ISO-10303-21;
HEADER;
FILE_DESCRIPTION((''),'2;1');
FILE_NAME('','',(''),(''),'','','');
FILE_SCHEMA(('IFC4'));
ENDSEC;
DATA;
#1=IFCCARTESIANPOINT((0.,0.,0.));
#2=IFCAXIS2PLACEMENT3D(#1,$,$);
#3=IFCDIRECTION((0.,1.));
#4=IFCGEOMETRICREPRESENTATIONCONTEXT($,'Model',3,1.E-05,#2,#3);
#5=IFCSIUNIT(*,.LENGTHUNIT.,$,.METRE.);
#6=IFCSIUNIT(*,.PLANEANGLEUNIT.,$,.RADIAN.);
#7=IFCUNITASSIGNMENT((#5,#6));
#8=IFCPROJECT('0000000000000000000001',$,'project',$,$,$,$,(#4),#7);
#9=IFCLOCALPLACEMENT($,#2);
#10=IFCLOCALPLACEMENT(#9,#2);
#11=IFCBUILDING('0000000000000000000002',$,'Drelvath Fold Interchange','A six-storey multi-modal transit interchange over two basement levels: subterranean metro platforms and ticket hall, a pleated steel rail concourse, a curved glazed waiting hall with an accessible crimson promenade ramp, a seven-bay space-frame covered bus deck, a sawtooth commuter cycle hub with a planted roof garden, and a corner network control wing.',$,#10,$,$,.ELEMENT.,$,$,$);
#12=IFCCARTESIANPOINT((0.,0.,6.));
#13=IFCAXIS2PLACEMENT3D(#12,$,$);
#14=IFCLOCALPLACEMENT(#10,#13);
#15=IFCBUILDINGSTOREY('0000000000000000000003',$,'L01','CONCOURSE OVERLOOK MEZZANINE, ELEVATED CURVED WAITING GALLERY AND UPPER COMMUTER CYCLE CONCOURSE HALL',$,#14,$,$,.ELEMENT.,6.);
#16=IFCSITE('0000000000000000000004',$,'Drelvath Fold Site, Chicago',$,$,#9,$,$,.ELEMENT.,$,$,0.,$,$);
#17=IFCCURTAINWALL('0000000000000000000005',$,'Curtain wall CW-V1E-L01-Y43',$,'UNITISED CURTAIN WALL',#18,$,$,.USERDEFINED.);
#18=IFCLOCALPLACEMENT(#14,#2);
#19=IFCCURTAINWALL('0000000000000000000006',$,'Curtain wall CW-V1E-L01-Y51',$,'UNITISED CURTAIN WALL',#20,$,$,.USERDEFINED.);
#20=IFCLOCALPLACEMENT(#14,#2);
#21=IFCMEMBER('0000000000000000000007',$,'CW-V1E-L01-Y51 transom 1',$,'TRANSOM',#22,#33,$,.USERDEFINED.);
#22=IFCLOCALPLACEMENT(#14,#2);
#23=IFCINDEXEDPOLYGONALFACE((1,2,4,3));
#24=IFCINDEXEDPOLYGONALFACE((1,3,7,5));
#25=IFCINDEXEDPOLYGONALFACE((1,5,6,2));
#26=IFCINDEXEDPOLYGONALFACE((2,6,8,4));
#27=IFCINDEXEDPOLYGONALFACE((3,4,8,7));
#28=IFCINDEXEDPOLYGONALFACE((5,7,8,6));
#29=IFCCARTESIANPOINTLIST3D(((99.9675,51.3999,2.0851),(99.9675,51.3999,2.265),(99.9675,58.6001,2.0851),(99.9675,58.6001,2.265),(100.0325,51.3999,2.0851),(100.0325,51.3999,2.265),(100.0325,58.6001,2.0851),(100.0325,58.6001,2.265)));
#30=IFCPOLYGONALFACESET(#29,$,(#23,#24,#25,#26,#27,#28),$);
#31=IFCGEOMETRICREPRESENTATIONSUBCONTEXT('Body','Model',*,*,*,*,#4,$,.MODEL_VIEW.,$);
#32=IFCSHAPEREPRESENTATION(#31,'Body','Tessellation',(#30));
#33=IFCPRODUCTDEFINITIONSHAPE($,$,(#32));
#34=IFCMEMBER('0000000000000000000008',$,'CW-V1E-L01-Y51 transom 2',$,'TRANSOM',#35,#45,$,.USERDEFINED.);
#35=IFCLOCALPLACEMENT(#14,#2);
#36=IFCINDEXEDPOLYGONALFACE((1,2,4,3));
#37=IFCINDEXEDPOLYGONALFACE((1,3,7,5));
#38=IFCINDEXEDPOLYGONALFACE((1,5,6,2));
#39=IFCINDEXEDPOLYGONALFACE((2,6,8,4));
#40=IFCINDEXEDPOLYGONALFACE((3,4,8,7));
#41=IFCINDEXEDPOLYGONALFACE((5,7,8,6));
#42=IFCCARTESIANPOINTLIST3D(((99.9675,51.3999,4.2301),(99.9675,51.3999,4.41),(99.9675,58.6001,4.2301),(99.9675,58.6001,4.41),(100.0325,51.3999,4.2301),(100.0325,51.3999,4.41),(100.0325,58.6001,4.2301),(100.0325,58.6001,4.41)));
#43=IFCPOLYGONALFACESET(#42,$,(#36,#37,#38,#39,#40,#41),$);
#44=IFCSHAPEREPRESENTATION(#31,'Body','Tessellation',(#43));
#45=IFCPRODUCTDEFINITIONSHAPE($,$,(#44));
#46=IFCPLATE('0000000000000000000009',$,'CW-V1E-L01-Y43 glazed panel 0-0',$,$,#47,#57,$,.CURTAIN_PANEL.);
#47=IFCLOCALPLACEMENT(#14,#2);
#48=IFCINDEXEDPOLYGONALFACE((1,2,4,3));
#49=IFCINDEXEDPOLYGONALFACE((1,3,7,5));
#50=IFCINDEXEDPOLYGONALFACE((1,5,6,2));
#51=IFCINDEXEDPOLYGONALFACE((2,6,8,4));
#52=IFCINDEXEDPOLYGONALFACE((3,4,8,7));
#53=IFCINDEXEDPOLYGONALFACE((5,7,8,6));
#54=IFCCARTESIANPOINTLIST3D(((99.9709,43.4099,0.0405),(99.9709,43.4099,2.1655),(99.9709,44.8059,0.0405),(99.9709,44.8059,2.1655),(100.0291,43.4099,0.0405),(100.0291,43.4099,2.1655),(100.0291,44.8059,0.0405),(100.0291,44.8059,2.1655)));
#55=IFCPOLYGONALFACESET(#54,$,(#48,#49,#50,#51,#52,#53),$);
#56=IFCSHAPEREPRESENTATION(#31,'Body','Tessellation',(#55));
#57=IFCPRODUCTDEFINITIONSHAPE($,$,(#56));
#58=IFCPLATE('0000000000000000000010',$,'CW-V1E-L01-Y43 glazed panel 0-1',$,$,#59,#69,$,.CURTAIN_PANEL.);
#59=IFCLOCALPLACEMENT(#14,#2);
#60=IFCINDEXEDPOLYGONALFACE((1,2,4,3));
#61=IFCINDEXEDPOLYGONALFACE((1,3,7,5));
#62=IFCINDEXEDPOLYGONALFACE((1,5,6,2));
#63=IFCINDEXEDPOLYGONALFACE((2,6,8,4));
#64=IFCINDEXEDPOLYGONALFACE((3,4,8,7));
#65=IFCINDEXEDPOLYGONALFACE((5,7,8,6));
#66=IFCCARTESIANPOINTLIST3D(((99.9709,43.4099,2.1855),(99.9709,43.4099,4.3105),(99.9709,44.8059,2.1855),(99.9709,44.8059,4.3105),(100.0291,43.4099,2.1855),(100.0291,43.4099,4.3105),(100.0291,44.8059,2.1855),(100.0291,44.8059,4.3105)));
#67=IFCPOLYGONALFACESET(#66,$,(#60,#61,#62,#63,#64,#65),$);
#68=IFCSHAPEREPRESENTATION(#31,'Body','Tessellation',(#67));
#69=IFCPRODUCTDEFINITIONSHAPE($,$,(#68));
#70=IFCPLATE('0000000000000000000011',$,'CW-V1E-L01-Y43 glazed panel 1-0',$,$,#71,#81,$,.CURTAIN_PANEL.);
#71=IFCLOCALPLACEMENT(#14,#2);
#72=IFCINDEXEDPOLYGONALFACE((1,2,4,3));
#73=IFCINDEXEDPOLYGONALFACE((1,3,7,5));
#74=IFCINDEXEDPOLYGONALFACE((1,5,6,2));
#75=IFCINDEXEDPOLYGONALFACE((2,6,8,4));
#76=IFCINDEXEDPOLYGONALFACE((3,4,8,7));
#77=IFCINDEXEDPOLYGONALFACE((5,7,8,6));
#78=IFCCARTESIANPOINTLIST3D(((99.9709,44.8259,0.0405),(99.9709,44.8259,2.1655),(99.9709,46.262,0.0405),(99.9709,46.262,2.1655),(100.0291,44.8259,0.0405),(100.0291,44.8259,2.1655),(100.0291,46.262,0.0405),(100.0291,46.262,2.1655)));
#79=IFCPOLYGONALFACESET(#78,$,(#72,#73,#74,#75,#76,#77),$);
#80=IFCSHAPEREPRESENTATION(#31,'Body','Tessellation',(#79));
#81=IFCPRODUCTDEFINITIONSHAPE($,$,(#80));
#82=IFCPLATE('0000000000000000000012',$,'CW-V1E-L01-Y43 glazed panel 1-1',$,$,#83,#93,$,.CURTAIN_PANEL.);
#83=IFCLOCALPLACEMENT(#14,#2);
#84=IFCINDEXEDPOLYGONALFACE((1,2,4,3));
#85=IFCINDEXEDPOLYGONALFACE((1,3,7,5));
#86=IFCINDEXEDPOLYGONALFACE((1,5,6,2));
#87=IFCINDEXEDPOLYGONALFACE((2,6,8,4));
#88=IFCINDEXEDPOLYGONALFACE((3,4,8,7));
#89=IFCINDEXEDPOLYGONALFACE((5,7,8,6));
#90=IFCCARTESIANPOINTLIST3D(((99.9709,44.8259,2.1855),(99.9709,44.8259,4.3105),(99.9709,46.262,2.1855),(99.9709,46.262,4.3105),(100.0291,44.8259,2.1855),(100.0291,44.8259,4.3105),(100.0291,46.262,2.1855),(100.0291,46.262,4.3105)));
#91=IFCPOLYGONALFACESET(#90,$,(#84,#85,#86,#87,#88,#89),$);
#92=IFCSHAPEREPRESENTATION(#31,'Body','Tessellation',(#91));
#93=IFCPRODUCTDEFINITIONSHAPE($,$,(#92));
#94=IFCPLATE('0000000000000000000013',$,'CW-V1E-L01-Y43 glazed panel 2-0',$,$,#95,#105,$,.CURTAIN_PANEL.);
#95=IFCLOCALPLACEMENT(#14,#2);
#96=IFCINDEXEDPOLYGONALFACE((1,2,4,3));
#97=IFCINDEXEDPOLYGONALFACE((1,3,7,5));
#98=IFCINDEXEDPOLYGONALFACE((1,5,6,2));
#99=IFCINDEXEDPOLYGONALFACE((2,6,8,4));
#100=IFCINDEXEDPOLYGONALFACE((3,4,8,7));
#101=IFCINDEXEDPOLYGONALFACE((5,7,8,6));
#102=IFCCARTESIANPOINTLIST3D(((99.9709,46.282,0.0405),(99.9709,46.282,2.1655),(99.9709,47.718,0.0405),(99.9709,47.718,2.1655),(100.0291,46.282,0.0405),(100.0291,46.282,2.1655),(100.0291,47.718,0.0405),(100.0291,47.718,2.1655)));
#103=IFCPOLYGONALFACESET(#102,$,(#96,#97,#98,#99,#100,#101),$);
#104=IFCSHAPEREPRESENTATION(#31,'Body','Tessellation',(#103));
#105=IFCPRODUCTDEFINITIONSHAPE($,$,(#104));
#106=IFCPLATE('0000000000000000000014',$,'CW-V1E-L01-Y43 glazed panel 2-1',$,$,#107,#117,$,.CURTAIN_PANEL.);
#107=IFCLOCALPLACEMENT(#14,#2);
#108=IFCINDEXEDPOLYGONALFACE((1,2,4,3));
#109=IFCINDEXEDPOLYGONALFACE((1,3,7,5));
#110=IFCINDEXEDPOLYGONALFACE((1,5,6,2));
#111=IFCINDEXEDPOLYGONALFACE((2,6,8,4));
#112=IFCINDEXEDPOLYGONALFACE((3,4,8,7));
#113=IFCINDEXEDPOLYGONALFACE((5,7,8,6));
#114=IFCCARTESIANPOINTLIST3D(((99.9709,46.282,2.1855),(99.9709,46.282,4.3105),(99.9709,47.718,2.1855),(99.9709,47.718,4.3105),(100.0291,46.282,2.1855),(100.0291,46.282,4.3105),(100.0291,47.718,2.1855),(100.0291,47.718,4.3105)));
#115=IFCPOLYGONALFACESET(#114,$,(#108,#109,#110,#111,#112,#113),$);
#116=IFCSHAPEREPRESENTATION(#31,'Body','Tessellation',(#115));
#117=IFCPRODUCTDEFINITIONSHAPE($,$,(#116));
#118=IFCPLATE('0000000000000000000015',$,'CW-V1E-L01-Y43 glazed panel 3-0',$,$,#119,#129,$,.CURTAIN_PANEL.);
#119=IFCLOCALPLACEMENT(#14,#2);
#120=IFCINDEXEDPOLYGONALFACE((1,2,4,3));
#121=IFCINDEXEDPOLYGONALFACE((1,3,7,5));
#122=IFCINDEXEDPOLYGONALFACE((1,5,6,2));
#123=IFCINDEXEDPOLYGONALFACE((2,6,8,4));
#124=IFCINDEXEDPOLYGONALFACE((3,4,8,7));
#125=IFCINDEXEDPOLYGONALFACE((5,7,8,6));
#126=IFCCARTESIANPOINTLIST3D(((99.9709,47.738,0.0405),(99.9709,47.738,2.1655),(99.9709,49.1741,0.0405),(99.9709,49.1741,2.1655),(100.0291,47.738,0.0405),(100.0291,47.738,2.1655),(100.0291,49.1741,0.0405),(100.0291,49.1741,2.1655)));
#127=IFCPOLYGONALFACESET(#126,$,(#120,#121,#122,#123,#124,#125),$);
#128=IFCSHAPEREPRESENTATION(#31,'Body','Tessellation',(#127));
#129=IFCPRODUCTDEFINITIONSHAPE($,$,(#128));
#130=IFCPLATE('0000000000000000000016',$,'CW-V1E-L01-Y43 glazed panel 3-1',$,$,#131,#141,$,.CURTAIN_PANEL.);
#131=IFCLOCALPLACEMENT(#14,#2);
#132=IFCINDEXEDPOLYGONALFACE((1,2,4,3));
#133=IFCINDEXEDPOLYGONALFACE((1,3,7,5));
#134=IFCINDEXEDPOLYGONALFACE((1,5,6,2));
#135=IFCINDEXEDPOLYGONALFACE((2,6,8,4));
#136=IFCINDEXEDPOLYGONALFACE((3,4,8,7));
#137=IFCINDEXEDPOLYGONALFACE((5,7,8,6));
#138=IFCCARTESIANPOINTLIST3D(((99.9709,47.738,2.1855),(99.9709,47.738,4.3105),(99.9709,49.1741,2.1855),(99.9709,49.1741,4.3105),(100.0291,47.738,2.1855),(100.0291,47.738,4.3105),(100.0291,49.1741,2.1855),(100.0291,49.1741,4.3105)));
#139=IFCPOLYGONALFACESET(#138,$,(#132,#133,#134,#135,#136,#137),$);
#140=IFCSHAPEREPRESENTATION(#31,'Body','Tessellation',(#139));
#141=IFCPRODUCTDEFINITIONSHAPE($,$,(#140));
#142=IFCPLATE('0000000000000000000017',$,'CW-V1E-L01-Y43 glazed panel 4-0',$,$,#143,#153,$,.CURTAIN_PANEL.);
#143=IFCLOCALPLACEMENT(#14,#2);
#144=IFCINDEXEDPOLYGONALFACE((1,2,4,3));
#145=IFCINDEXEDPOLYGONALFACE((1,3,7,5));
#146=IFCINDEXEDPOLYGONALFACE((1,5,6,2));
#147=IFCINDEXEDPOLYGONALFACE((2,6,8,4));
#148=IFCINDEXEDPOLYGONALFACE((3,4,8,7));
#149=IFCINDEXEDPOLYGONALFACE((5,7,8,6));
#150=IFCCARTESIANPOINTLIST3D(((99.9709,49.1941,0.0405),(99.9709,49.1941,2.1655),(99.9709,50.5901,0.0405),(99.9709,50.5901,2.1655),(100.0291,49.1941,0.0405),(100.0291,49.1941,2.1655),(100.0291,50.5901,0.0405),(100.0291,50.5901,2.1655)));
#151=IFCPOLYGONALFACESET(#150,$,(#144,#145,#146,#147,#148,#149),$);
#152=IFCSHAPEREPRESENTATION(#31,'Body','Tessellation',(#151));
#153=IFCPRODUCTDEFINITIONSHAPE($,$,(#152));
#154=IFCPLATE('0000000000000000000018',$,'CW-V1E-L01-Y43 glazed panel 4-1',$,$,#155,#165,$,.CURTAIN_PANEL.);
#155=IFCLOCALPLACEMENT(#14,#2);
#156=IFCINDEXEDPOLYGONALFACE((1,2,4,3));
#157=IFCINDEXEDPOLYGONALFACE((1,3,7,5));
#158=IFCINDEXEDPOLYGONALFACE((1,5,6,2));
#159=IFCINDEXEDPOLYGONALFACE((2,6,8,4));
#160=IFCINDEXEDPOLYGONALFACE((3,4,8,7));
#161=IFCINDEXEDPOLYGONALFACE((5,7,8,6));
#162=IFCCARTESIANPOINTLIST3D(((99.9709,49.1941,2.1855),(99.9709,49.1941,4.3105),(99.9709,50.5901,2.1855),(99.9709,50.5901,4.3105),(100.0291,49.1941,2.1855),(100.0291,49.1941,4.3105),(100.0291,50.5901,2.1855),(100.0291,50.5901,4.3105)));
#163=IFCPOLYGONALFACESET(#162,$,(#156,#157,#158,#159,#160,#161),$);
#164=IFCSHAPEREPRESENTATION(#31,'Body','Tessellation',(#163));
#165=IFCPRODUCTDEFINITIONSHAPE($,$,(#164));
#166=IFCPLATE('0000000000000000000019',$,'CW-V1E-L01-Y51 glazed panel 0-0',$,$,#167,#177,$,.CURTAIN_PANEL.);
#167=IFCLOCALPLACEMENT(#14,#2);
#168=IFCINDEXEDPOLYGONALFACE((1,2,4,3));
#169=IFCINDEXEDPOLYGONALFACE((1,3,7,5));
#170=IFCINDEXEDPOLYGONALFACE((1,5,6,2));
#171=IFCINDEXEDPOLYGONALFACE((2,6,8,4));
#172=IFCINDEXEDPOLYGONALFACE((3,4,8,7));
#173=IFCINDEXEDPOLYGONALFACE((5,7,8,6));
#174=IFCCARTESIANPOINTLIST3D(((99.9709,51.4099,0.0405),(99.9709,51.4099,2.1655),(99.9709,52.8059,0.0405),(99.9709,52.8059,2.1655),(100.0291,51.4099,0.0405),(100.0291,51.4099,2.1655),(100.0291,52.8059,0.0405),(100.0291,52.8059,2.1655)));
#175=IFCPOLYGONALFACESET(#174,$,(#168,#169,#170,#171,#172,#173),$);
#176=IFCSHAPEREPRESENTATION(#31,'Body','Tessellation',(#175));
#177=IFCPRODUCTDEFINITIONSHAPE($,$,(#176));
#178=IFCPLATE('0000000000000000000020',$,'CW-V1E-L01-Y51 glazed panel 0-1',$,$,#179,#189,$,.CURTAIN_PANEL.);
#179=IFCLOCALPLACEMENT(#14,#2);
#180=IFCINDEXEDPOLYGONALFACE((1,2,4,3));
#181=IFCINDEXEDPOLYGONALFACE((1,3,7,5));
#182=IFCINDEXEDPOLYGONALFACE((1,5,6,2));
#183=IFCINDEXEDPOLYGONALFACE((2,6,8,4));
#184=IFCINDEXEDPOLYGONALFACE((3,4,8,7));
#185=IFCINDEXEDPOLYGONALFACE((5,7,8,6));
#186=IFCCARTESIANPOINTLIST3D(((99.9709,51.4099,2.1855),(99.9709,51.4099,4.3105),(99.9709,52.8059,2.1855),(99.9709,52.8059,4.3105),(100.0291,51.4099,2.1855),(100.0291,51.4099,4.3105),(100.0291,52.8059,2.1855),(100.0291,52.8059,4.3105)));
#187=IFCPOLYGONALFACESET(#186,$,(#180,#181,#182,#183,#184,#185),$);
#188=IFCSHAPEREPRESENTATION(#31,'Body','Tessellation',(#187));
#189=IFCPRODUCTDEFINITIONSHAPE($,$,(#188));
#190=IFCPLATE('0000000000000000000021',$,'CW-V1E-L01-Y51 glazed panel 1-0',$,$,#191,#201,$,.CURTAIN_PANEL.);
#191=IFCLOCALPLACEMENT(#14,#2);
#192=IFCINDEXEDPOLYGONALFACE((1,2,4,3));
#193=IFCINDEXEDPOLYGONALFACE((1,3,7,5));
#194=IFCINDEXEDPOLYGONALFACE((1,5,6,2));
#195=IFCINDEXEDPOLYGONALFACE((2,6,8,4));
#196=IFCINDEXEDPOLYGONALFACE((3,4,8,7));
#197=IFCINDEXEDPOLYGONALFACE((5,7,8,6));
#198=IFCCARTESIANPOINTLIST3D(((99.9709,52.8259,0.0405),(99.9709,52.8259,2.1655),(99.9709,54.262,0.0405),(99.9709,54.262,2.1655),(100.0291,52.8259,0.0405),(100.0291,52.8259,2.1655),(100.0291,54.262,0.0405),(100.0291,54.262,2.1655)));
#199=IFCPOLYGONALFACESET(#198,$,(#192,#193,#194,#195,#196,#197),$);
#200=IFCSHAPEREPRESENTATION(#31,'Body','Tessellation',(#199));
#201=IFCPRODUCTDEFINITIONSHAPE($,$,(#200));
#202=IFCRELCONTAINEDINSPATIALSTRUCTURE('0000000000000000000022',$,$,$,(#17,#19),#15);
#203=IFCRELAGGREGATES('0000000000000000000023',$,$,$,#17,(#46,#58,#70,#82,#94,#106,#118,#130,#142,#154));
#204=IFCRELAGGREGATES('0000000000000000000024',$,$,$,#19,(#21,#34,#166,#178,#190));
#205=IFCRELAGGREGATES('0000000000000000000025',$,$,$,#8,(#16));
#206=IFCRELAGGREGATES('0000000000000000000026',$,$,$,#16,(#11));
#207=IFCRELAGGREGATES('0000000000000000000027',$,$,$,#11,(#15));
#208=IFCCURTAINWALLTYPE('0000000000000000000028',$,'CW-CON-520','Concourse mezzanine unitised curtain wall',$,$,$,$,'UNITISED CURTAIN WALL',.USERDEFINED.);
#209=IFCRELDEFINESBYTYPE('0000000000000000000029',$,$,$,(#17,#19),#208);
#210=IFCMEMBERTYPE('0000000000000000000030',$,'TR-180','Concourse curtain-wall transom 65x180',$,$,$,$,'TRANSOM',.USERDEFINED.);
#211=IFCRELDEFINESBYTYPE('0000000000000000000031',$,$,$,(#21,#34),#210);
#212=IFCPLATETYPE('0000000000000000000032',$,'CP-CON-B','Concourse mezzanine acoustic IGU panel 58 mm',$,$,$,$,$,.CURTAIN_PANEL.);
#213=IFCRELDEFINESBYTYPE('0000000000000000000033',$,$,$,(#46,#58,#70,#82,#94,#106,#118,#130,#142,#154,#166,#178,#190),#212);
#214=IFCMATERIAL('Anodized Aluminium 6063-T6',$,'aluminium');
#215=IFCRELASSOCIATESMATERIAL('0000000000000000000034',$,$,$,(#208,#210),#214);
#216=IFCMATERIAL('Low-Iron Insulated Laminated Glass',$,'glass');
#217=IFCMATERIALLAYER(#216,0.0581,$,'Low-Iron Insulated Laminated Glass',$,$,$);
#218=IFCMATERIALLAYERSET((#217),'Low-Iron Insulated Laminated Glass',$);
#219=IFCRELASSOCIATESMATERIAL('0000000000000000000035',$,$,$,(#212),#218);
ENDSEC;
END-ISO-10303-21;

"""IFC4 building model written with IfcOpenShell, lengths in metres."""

from ifc_helpers import new_model, si_unit, direction, frame, origin, origin_2d, place, context, subcontext, project, spatial, rectangle, extrude, material, layer, layer_set, material_profile, profile_set, type_object, element, aggregate, save


model = new_model("IFC4")

# Units and contexts
model_context = context("Model", 3, precision=1e-05, world=origin(), true_north=direction((0.0, 1.0)))
body_context = subcontext(model_context, "Body", "Model", "MODEL_VIEW")
ifc_project = project(units=[si_unit("LENGTHUNIT", "METRE"), si_unit("PLANEANGLEUNIT", "RADIAN")], contexts=[model_context])

# Site, building, storey
site_placement = place(None, origin())
site = spatial("IfcSite", under=ifc_project, at=site_placement, Name="Drelvath Fold Site, Chicago", CompositionType="ELEMENT", RefElevation=0.0)
building_placement = place(site_placement, origin())
building = spatial("IfcBuilding", under=site, at=building_placement, Name="Drelvath Fold Interchange", Description="A six-storey multi-modal transit interchange over two basement levels: subterranean metro platforms and ticket hall, a pleated steel rail concourse, a curved glazed waiting hall with an accessible crimson promenade ramp, a seven-bay space-frame covered bus deck, a sawtooth commuter cycle hub with a planted roof garden, and a corner network control wing.", CompositionType="ELEMENT")
storey_placement = place(building_placement, frame((0.0, 0.0, 6.0)))
storey = spatial("IfcBuildingStorey", under=building, at=storey_placement, Name="L01", Description="CONCOURSE OVERLOOK MEZZANINE, ELEVATED CURVED WAITING GALLERY AND UPPER COMMUTER CYCLE CONCOURSE HALL", CompositionType="ELEMENT", Elevation=6.0)

# Curtain walls
ifc_material_1 = material(Name="Anodized Aluminium 6063-T6", Category="aluminium")
curtain_wall_type = type_object("IfcCurtainWallType", Name="CW-CON-520", Description="Concourse mezzanine unitised curtain wall", ElementType="UNITISED CURTAIN WALL", PredefinedType="USERDEFINED", material=ifc_material_1)
curtain_wall_1_placement = place(storey_placement, origin())
curtain_wall_1 = element("IfcCurtainWall", 1, at=curtain_wall_1_placement, inside=storey, type_object=curtain_wall_type, Name="Curtain wall CW-V1E-L01-Y43", ObjectType="UNITISED CURTAIN WALL", PredefinedType="USERDEFINED")
curtain_wall_2_placement = place(storey_placement, origin())
curtain_wall_2 = element("IfcCurtainWall", 2, at=curtain_wall_2_placement, inside=storey, type_object=curtain_wall_type, Name="Curtain wall CW-V1E-L01-Y51", ObjectType="UNITISED CURTAIN WALL", PredefinedType="USERDEFINED")

# Members
ifc_material_profile_1 = material_profile(ifc_material_1, rectangle(XDim=0.0649, YDim=0.1799, at=origin_2d()), Name="AL-T 65x180")
ifc_profile_set_1 = profile_set([ifc_material_profile_1], Name="Anodized Aluminium 6063-T6")
member_type_1 = type_object("IfcMemberType", Name="TR-180", Description="Concourse curtain-wall transom 65x180", ElementType="TRANSOM", PredefinedType="USERDEFINED", material=ifc_profile_set_1)
member_1_placement = place(storey_placement, frame((100.0, 51.3999, 2.175), z_axis=(0.0, 1.0, 0.0), x_axis=(-1.0, 0.0, 0.0)))
member_1 = element("IfcMember", 3, at=member_1_placement, type_object=member_type_1, Name="CW-V1E-L01-Y51 transom 1", ObjectType="TRANSOM", PredefinedType="USERDEFINED", context=body_context, shape_type="SweptSolid", body=[
    extrude(rectangle(XDim=0.0649, YDim=0.1799, at=origin_2d()), origin(), (0.0, 0.0, 1.0), 7.2002),
])
member_2_placement = place(storey_placement, frame((100.0, 51.3999, 4.3201), z_axis=(0.0, 1.0, 0.0), x_axis=(-1.0, 0.0, 0.0)))
member_2 = element("IfcMember", 4, at=member_2_placement, type_object=member_type_1, Name="CW-V1E-L01-Y51 transom 2", ObjectType="TRANSOM", PredefinedType="USERDEFINED", context=body_context, shape_type="SweptSolid", body=[
    extrude(rectangle(XDim=0.0649, YDim=0.1799, at=origin_2d()), origin(), (0.0, 0.0, 1.0), 7.2002),
])

# Plates
ifc_material_2 = material(Name="Low-Iron Insulated Laminated Glass", Category="glass")
ifc_layer = layer(ifc_material_2, 0.0581, Name="Low-Iron Insulated Laminated Glass")
ifc_layer_set = layer_set([ifc_layer], Name="Low-Iron Insulated Laminated Glass")
plate_type = type_object("IfcPlateType", Name="CP-CON-B", Description="Concourse mezzanine acoustic IGU panel 58 mm", PredefinedType="CURTAIN_PANEL", material=ifc_layer_set)
plate_1_placement = place(storey_placement, frame((100.0, 44.1079, 0.0405), z_axis=(0.0, 0.0, 1.0), x_axis=(0.0, 1.0, 0.0)))
plate_1 = element("IfcPlate", 5, at=plate_1_placement, type_object=plate_type, Name="CW-V1E-L01-Y43 glazed panel 0-0", PredefinedType="CURTAIN_PANEL", context=body_context, shape_type="SweptSolid", body=[
    extrude(rectangle(XDim=1.396, YDim=0.0581, at=origin_2d()), origin(), (0.0, 0.0, 1.0), 2.125),
])
plate_2_placement = place(storey_placement, frame((100.0, 44.1079, 2.1855), z_axis=(0.0, 0.0, 1.0), x_axis=(0.0, 1.0, 0.0)))
plate_2 = element("IfcPlate", 6, at=plate_2_placement, type_object=plate_type, Name="CW-V1E-L01-Y43 glazed panel 0-1", PredefinedType="CURTAIN_PANEL", context=body_context, shape_type="SweptSolid", body=[
    extrude(rectangle(XDim=1.396, YDim=0.0581, at=origin_2d()), origin(), (0.0, 0.0, 1.0), 2.125),
])
plate_3_placement = place(storey_placement, frame((100.0, 45.5439, 0.0405), z_axis=(0.0, 0.0, 1.0), x_axis=(0.0, 1.0, 0.0)))
plate_3 = element("IfcPlate", 7, at=plate_3_placement, type_object=plate_type, Name="CW-V1E-L01-Y43 glazed panel 1-0", PredefinedType="CURTAIN_PANEL", context=body_context, shape_type="SweptSolid", body=[
    extrude(rectangle(XDim=1.436, YDim=0.0581, at=origin_2d()), origin(), (0.0, 0.0, 1.0), 2.125),
])
plate_4_placement = place(storey_placement, frame((100.0, 45.5439, 2.1855), z_axis=(0.0, 0.0, 1.0), x_axis=(0.0, 1.0, 0.0)))
plate_4 = element("IfcPlate", 8, at=plate_4_placement, type_object=plate_type, Name="CW-V1E-L01-Y43 glazed panel 1-1", PredefinedType="CURTAIN_PANEL", context=body_context, shape_type="SweptSolid", body=[
    extrude(rectangle(XDim=1.436, YDim=0.0581, at=origin_2d()), origin(), (0.0, 0.0, 1.0), 2.125),
])
plate_5_placement = place(storey_placement, frame((100.0, 47.0, 0.0405), z_axis=(0.0, 0.0, 1.0), x_axis=(0.0, 1.0, 0.0)))
plate_5 = element("IfcPlate", 9, at=plate_5_placement, type_object=plate_type, Name="CW-V1E-L01-Y43 glazed panel 2-0", PredefinedType="CURTAIN_PANEL", context=body_context, shape_type="SweptSolid", body=[
    extrude(rectangle(XDim=1.436, YDim=0.0581, at=origin_2d()), origin(), (0.0, 0.0, 1.0), 2.125),
])
plate_6_placement = place(storey_placement, frame((100.0, 47.0, 2.1855), z_axis=(0.0, 0.0, 1.0), x_axis=(0.0, 1.0, 0.0)))
plate_6 = element("IfcPlate", 10, at=plate_6_placement, type_object=plate_type, Name="CW-V1E-L01-Y43 glazed panel 2-1", PredefinedType="CURTAIN_PANEL", context=body_context, shape_type="SweptSolid", body=[
    extrude(rectangle(XDim=1.436, YDim=0.0581, at=origin_2d()), origin(), (0.0, 0.0, 1.0), 2.125),
])
plate_7_placement = place(storey_placement, frame((100.0, 48.4561, 0.0405), z_axis=(0.0, 0.0, 1.0), x_axis=(0.0, 1.0, 0.0)))
plate_7 = element("IfcPlate", 11, at=plate_7_placement, type_object=plate_type, Name="CW-V1E-L01-Y43 glazed panel 3-0", PredefinedType="CURTAIN_PANEL", context=body_context, shape_type="SweptSolid", body=[
    extrude(rectangle(XDim=1.436, YDim=0.0581, at=origin_2d()), origin(), (0.0, 0.0, 1.0), 2.125),
])
plate_8_placement = place(storey_placement, frame((100.0, 48.4561, 2.1855), z_axis=(0.0, 0.0, 1.0), x_axis=(0.0, 1.0, 0.0)))
plate_8 = element("IfcPlate", 12, at=plate_8_placement, type_object=plate_type, Name="CW-V1E-L01-Y43 glazed panel 3-1", PredefinedType="CURTAIN_PANEL", context=body_context, shape_type="SweptSolid", body=[
    extrude(rectangle(XDim=1.436, YDim=0.0581, at=origin_2d()), origin(), (0.0, 0.0, 1.0), 2.125),
])
plate_9_placement = place(storey_placement, frame((100.0, 49.8921, 0.0405), z_axis=(0.0, 0.0, 1.0), x_axis=(0.0, 1.0, 0.0)))
plate_9 = element("IfcPlate", 13, at=plate_9_placement, type_object=plate_type, Name="CW-V1E-L01-Y43 glazed panel 4-0", PredefinedType="CURTAIN_PANEL", context=body_context, shape_type="SweptSolid", body=[
    extrude(rectangle(XDim=1.396, YDim=0.0581, at=origin_2d()), origin(), (0.0, 0.0, 1.0), 2.125),
])
plate_10_placement = place(storey_placement, frame((100.0, 49.8921, 2.1855), z_axis=(0.0, 0.0, 1.0), x_axis=(0.0, 1.0, 0.0)))
plate_10 = element("IfcPlate", 14, at=plate_10_placement, type_object=plate_type, Name="CW-V1E-L01-Y43 glazed panel 4-1", PredefinedType="CURTAIN_PANEL", context=body_context, shape_type="SweptSolid", body=[
    extrude(rectangle(XDim=1.396, YDim=0.0581, at=origin_2d()), origin(), (0.0, 0.0, 1.0), 2.125),
])
aggregate(curtain_wall_1, [plate_1, plate_2, plate_3, plate_4, plate_5, plate_6, plate_7, plate_8, plate_9, plate_10])
plate_11_placement = place(storey_placement, frame((100.0, 52.1079, 0.0405), z_axis=(0.0, 0.0, 1.0), x_axis=(0.0, 1.0, 0.0)))
plate_11 = element("IfcPlate", 15, at=plate_11_placement, type_object=plate_type, Name="CW-V1E-L01-Y51 glazed panel 0-0", PredefinedType="CURTAIN_PANEL", context=body_context, shape_type="SweptSolid", body=[
    extrude(rectangle(XDim=1.396, YDim=0.0581, at=origin_2d()), origin(), (0.0, 0.0, 1.0), 2.125),
])
plate_12_placement = place(storey_placement, frame((100.0, 52.1079, 2.1855), z_axis=(0.0, 0.0, 1.0), x_axis=(0.0, 1.0, 0.0)))
plate_12 = element("IfcPlate", 16, at=plate_12_placement, type_object=plate_type, Name="CW-V1E-L01-Y51 glazed panel 0-1", PredefinedType="CURTAIN_PANEL", context=body_context, shape_type="SweptSolid", body=[
    extrude(rectangle(XDim=1.396, YDim=0.0581, at=origin_2d()), origin(), (0.0, 0.0, 1.0), 2.125),
])
plate_13_placement = place(storey_placement, frame((100.0, 53.5439, 0.0405), z_axis=(0.0, 0.0, 1.0), x_axis=(0.0, 1.0, 0.0)))
plate_13 = element("IfcPlate", 17, at=plate_13_placement, type_object=plate_type, Name="CW-V1E-L01-Y51 glazed panel 1-0", PredefinedType="CURTAIN_PANEL", context=body_context, shape_type="SweptSolid", body=[
    extrude(rectangle(XDim=1.436, YDim=0.0581, at=origin_2d()), origin(), (0.0, 0.0, 1.0), 2.125),
])
aggregate(curtain_wall_2, [member_1, member_2, plate_11, plate_12, plate_13])

save(model, "model.ifc")
